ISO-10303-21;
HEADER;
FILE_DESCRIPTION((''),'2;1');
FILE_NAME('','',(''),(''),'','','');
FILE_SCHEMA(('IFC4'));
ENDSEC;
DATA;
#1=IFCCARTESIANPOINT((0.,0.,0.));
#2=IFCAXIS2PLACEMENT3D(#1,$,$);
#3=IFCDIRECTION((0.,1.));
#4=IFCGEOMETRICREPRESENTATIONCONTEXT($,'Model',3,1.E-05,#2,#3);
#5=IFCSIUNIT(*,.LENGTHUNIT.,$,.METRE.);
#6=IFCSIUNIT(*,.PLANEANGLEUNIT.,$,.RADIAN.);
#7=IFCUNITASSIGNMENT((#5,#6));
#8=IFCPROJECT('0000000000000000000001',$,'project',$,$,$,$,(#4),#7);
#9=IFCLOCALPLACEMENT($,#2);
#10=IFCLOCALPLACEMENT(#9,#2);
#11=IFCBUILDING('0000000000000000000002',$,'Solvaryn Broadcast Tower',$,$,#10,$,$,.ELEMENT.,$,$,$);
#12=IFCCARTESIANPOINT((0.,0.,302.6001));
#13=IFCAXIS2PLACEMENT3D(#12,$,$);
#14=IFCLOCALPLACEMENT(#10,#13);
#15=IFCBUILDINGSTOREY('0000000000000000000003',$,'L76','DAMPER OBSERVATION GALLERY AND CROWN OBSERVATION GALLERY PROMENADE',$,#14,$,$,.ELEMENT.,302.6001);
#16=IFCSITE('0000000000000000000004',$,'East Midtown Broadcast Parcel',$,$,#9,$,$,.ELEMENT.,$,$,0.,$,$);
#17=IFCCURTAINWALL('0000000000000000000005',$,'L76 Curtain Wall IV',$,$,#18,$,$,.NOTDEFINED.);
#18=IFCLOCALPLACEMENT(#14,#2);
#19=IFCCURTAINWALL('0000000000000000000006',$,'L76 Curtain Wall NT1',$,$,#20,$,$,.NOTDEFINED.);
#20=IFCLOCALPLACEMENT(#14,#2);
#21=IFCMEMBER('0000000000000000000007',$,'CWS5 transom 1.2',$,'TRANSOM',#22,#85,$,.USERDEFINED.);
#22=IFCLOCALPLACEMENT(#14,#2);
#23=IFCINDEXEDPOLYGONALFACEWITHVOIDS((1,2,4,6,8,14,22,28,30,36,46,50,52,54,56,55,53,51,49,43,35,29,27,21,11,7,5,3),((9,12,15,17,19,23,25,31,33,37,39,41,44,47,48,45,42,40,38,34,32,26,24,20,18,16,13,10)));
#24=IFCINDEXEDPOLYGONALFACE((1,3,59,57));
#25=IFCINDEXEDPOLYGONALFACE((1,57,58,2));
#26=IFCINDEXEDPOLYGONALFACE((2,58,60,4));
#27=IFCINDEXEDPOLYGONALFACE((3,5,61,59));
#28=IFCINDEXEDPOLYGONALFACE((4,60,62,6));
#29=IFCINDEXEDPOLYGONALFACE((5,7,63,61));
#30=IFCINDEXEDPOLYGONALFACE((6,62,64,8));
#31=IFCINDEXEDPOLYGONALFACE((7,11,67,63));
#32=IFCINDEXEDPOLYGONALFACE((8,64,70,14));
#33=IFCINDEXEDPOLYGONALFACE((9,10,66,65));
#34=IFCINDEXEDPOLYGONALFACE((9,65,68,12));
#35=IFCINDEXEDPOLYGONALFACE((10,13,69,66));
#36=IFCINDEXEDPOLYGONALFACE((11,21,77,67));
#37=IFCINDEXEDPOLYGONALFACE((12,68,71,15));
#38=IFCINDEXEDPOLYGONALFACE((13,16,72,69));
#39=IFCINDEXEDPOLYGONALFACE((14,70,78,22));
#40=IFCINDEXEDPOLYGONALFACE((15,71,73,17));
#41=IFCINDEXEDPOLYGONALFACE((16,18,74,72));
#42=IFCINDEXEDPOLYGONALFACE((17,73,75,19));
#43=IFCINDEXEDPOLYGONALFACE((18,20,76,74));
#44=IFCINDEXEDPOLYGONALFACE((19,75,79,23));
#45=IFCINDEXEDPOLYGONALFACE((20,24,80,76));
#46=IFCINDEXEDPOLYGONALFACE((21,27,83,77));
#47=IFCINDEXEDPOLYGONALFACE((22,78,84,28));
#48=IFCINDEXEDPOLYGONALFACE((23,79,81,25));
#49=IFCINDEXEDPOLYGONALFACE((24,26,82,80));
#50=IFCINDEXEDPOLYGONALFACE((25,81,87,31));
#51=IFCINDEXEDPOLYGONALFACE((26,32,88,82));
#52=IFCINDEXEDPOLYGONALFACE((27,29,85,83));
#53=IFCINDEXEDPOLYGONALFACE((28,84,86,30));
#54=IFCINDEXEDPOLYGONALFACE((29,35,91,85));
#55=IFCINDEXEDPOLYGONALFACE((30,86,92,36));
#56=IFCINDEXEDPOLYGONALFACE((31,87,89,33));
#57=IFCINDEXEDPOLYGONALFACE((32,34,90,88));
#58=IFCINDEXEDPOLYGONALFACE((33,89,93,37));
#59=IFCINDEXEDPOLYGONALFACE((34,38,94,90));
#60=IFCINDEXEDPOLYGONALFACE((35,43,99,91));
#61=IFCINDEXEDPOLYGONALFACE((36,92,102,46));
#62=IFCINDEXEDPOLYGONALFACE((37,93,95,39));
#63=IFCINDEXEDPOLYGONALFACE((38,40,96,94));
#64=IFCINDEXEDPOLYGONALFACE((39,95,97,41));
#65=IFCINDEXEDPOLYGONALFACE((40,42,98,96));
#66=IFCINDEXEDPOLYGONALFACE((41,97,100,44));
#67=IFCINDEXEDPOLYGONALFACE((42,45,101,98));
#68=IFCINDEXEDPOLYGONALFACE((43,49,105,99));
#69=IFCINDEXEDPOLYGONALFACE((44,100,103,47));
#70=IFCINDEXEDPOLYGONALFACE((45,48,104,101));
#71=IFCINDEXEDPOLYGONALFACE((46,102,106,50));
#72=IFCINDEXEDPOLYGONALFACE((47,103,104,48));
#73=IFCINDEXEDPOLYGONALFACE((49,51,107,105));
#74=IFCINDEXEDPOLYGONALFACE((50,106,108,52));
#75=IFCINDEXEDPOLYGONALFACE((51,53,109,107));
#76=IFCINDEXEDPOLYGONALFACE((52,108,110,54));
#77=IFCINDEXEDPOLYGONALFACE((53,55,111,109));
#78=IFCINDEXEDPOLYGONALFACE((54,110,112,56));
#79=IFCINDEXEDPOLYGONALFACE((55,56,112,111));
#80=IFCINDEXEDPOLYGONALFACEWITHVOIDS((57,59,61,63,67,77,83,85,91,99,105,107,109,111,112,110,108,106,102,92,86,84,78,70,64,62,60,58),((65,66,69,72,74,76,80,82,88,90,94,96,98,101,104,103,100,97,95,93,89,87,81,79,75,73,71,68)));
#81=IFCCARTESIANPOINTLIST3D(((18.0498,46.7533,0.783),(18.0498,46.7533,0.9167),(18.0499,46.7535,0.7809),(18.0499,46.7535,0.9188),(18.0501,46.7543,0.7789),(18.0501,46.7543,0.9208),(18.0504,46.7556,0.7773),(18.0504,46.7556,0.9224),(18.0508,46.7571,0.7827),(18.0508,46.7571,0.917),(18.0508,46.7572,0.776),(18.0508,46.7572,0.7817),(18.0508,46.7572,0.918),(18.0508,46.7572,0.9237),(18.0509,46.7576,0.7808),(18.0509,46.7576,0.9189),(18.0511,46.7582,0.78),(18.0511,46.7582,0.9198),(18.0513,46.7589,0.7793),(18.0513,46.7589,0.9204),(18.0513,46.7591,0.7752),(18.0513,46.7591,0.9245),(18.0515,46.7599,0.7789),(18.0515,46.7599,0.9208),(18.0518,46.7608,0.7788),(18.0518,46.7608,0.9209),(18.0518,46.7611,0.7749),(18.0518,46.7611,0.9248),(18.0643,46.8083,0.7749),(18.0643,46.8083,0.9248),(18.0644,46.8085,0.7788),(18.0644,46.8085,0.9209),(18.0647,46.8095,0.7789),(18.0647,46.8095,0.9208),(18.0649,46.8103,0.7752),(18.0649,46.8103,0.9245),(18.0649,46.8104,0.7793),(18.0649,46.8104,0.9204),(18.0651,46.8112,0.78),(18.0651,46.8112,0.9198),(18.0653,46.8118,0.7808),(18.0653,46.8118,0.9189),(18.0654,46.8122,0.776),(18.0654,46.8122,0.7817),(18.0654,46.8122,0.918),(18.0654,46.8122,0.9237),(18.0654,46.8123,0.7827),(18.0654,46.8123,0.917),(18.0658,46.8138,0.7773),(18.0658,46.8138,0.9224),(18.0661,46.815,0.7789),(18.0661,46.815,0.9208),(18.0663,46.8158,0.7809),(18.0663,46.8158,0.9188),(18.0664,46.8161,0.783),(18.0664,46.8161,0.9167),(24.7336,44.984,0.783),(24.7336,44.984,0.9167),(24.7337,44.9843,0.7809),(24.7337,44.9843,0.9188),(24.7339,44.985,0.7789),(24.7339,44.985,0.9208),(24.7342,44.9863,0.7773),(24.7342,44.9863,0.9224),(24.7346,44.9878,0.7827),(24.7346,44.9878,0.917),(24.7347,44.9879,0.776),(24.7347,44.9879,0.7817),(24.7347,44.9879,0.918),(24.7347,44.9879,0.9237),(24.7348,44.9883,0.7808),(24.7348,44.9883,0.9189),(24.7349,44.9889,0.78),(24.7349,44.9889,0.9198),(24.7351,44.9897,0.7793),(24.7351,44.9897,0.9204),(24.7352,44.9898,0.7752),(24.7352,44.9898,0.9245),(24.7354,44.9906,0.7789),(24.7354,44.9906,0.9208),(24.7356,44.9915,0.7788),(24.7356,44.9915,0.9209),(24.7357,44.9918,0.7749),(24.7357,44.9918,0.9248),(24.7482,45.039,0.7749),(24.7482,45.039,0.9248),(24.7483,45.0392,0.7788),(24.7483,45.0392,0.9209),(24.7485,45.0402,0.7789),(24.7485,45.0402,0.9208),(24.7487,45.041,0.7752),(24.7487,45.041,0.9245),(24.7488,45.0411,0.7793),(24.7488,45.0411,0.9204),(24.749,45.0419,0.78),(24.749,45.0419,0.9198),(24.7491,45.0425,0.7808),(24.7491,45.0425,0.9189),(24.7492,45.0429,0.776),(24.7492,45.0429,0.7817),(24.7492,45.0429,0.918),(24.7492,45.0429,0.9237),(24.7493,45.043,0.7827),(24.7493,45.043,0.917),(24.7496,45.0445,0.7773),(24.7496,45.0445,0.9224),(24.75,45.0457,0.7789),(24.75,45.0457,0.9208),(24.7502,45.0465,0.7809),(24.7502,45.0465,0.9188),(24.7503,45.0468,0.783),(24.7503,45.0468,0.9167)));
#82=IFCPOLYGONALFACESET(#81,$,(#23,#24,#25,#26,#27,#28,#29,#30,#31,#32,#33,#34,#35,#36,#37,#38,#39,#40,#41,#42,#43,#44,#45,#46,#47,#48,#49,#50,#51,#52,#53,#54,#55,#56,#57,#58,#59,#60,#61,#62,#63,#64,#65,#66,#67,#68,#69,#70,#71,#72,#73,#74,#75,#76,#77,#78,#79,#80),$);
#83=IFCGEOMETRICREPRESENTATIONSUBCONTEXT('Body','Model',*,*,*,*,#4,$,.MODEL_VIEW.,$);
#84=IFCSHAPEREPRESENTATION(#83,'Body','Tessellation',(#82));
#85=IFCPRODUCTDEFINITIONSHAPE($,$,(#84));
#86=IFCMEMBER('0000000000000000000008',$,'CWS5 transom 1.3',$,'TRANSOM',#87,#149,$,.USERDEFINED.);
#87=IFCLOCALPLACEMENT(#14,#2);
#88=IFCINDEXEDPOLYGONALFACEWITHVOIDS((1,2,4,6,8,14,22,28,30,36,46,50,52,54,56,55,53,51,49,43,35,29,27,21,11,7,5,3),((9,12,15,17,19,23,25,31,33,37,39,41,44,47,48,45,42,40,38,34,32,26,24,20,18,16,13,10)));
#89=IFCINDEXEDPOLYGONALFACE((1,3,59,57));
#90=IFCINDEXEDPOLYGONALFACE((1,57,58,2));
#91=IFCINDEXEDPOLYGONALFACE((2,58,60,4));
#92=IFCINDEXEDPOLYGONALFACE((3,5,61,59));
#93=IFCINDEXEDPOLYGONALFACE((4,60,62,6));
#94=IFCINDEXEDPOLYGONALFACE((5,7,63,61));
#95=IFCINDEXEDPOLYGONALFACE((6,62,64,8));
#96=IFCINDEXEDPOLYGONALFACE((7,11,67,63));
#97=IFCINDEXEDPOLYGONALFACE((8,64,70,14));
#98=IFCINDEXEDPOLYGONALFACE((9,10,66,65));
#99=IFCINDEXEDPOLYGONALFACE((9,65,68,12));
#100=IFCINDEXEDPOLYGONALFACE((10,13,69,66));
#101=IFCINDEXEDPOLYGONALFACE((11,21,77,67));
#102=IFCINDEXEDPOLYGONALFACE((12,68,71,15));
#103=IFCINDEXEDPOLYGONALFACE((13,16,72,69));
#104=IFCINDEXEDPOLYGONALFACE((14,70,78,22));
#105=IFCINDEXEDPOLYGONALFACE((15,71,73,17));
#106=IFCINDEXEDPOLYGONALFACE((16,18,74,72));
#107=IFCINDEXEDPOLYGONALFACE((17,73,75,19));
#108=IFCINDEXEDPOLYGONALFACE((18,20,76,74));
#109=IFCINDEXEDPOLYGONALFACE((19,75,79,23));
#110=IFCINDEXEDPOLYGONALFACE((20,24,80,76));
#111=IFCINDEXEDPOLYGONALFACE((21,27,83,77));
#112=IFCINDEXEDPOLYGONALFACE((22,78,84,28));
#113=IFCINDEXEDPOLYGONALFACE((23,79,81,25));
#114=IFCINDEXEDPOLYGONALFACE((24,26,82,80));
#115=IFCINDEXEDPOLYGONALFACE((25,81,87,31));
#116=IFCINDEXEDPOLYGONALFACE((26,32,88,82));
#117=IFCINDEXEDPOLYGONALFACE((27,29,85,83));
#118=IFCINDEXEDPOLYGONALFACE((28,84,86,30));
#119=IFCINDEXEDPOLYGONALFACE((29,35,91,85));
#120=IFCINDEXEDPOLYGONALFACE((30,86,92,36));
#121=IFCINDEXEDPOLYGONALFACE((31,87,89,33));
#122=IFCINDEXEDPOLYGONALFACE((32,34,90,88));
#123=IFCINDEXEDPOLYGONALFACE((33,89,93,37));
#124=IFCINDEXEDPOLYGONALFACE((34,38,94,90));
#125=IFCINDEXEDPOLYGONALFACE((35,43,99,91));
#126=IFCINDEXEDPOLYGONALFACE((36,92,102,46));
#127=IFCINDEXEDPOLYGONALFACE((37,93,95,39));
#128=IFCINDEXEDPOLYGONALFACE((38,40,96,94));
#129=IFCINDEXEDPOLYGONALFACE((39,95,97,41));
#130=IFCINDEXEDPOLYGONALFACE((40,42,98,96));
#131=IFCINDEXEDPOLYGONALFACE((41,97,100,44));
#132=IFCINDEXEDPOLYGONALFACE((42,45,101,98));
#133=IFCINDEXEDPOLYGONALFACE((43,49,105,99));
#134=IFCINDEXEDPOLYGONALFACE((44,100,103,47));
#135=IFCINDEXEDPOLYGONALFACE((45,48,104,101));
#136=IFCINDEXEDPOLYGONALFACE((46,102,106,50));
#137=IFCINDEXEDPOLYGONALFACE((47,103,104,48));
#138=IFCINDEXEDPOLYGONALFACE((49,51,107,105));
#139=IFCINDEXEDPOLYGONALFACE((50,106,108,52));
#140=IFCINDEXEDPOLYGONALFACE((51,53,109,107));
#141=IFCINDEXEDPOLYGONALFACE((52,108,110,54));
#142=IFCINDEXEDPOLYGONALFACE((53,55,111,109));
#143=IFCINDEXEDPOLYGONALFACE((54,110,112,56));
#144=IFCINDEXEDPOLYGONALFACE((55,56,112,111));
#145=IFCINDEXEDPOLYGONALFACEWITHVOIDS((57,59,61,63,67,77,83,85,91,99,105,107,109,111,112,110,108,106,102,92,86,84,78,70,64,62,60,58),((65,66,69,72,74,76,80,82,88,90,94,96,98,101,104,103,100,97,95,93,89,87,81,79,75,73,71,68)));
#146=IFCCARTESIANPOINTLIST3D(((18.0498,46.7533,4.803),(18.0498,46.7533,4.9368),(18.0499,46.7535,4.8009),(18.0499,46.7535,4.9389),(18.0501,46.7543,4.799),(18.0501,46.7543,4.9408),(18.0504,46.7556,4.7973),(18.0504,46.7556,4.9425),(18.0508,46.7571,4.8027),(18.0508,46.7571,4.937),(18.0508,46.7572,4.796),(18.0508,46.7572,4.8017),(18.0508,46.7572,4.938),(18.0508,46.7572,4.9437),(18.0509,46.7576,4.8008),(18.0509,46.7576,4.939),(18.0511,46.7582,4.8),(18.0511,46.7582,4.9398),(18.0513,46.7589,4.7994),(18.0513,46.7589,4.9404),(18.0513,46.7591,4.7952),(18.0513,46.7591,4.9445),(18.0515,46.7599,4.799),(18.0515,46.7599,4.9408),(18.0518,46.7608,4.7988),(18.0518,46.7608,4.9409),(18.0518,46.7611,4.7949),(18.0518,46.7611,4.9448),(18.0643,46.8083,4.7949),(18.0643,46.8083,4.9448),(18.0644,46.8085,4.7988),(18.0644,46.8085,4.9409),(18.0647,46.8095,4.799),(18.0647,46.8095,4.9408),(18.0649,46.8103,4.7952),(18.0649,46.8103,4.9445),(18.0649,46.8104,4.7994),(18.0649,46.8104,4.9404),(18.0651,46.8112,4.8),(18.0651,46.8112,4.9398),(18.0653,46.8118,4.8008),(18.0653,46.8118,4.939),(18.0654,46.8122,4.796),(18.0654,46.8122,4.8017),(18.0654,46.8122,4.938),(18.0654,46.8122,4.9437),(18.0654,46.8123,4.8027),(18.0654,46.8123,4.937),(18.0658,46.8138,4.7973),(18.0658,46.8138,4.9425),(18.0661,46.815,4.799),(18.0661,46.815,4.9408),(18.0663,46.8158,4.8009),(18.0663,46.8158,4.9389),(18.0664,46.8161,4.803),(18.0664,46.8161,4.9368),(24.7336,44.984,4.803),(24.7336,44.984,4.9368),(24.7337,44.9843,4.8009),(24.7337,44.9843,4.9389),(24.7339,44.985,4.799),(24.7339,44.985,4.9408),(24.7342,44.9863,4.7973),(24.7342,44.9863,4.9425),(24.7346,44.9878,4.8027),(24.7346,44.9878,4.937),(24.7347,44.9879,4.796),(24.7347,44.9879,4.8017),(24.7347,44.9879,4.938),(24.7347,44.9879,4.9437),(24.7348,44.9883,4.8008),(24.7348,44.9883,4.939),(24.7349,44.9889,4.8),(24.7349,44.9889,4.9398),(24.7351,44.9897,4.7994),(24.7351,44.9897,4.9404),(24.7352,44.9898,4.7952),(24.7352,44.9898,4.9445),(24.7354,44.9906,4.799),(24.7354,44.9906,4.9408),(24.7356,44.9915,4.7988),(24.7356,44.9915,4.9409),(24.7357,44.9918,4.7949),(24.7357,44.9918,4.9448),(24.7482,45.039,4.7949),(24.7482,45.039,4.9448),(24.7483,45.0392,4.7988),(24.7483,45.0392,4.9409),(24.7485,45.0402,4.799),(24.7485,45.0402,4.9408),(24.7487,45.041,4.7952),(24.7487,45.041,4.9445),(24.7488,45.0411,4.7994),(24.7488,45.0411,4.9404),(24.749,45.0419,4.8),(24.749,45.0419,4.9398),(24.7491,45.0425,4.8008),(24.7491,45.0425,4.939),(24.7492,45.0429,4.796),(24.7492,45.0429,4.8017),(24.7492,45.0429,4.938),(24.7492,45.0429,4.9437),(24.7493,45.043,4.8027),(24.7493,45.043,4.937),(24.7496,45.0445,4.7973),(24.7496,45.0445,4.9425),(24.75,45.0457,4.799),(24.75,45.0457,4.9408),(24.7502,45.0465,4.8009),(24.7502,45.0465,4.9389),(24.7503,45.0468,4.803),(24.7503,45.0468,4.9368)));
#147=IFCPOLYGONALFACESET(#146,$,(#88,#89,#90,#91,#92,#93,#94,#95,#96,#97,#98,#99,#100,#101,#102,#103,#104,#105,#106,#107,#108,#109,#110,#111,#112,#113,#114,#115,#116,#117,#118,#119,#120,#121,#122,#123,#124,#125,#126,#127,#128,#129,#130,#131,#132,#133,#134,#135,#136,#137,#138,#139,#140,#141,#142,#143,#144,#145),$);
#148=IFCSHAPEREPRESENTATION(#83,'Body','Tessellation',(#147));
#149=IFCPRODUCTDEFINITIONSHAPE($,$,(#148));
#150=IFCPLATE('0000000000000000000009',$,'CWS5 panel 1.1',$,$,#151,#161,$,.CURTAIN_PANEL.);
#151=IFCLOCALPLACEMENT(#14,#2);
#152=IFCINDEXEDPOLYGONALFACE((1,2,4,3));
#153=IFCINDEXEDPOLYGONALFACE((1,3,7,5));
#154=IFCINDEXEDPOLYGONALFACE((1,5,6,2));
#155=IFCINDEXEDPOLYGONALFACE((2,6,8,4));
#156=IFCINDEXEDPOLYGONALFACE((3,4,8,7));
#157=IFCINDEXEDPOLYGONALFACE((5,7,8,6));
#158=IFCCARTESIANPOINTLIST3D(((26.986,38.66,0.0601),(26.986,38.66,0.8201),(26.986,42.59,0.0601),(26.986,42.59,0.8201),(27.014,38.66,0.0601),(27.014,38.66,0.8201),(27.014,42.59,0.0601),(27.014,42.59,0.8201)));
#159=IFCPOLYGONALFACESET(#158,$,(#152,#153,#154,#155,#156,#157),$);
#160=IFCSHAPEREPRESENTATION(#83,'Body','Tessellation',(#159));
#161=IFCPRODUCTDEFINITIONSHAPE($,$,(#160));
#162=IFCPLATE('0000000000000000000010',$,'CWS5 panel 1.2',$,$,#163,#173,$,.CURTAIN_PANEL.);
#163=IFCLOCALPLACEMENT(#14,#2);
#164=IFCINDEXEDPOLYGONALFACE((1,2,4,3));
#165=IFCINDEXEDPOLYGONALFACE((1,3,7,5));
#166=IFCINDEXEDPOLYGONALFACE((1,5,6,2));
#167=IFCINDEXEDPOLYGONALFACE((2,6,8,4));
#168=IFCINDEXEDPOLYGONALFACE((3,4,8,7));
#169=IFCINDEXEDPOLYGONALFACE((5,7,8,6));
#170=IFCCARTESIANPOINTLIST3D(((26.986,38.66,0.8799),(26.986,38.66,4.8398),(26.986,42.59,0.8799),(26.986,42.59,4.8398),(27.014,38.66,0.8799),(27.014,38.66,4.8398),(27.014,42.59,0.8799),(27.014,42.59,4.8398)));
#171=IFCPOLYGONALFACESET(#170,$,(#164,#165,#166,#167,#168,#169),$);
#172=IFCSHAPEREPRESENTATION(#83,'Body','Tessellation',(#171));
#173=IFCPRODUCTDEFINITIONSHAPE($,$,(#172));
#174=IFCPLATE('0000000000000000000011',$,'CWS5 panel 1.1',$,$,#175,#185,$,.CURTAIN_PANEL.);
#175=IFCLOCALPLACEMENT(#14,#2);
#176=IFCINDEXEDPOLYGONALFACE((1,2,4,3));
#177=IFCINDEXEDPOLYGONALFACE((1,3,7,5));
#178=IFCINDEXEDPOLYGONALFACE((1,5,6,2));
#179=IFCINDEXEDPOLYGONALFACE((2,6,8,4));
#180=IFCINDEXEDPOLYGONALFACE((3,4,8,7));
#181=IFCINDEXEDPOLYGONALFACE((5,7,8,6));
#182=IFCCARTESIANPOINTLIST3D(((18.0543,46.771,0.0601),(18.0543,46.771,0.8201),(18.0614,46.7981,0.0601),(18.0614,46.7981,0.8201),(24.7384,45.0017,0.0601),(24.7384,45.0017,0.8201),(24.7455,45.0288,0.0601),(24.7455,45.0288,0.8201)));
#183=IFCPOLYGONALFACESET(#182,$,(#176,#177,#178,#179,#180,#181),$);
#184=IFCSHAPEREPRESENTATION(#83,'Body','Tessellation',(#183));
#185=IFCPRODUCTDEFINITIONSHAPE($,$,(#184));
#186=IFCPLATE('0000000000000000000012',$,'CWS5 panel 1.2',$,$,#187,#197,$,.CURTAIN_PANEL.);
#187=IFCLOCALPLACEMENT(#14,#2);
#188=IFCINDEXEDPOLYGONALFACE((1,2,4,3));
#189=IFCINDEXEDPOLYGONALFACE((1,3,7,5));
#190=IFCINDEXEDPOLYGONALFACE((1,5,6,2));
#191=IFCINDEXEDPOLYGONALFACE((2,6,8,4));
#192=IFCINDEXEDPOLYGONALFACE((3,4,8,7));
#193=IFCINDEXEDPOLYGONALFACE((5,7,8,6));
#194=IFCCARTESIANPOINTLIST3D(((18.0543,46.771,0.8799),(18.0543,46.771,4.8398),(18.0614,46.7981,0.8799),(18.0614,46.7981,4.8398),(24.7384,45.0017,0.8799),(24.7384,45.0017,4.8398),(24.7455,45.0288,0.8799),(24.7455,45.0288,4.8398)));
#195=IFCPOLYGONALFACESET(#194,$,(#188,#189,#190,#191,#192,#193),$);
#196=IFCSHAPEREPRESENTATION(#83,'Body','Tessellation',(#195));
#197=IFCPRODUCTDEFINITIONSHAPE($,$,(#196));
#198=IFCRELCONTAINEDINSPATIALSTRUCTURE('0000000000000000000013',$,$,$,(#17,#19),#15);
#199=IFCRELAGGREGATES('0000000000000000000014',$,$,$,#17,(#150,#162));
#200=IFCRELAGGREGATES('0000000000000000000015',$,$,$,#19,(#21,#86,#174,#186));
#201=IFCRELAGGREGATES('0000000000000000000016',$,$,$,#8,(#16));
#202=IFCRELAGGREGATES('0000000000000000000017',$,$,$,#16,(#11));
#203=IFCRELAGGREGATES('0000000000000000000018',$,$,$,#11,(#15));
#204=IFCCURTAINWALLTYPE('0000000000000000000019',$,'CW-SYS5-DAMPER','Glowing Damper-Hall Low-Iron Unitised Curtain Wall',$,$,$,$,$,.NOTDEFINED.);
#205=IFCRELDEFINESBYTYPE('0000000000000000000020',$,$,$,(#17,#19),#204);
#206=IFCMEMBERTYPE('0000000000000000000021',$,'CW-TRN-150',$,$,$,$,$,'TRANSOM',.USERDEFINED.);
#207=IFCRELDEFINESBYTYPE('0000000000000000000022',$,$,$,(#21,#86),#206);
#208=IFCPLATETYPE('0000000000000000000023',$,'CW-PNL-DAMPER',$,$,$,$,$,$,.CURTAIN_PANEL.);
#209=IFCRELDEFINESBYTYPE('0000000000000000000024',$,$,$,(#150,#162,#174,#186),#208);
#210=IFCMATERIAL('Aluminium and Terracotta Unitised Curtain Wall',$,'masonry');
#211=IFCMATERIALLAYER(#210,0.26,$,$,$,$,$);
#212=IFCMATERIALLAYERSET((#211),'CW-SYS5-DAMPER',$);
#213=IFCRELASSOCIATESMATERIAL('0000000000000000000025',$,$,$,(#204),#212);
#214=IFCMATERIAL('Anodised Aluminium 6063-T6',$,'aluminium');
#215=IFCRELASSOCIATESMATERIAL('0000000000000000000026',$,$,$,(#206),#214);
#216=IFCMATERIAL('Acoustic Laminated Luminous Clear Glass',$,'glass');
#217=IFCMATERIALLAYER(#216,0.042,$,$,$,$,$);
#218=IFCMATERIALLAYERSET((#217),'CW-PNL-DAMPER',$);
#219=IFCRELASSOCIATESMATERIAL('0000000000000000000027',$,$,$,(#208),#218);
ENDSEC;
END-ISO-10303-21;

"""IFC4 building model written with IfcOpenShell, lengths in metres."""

from ifc_helpers import new_model, si_unit, direction, frame, origin, origin_2d, place, context, subcontext, project, spatial, rectangle, hollow_rectangle, extrude, material, layer, layer_set, material_profile, profile_set, type_object, element, aggregate, save


model = new_model("IFC4")

# Units and contexts
model_context = context("Model", 3, precision=1e-05, world=origin(), true_north=direction((0.0, 1.0)))
body_context = subcontext(model_context, "Body", "Model", "MODEL_VIEW")
ifc_project = project(units=[si_unit("LENGTHUNIT", "METRE"), si_unit("PLANEANGLEUNIT", "RADIAN")], contexts=[model_context])

# Site, building, storey
site_placement = place(None, origin())
site = spatial("IfcSite", under=ifc_project, at=site_placement, Name="East Midtown Broadcast Parcel", CompositionType="ELEMENT", RefElevation=0.0)
building_placement = place(site_placement, origin())
building = spatial("IfcBuilding", under=site, at=building_placement, Name="Solvaryn Broadcast Tower", CompositionType="ELEMENT")
storey_placement = place(building_placement, frame((0.0, 0.0, 302.6001)))
storey = spatial("IfcBuildingStorey", under=building, at=storey_placement, Name="L76", Description="DAMPER OBSERVATION GALLERY AND CROWN OBSERVATION GALLERY PROMENADE", CompositionType="ELEMENT", Elevation=302.6001)

# Curtain walls
ifc_material_1 = material(Name="Aluminium and Terracotta Unitised Curtain Wall", Category="masonry")
ifc_layer_1 = layer(ifc_material_1, 0.26)
ifc_layer_set_1 = layer_set([ifc_layer_1], Name="CW-SYS5-DAMPER")
curtain_wall_type = type_object("IfcCurtainWallType", Name="CW-SYS5-DAMPER", Description="Glowing Damper-Hall Low-Iron Unitised Curtain Wall", PredefinedType="NOTDEFINED", material=ifc_layer_set_1)
curtain_wall_1_placement = place(storey_placement, origin())
curtain_wall_1 = element("IfcCurtainWall", 1, at=curtain_wall_1_placement, inside=storey, type_object=curtain_wall_type, Name="L76 Curtain Wall IV", PredefinedType="NOTDEFINED")
curtain_wall_2_placement = place(storey_placement, origin())
curtain_wall_2 = element("IfcCurtainWall", 2, at=curtain_wall_2_placement, inside=storey, type_object=curtain_wall_type, Name="L76 Curtain Wall NT1", PredefinedType="NOTDEFINED")

# Members
ifc_material_2 = material(Name="Anodised Aluminium 6063-T6", Category="aluminium")
ifc_material_profile_1 = material_profile(ifc_material_2, hollow_rectangle(XDim=0.0649, YDim=0.1499, WallThickness=0.0039, InnerFilletRadius=0.0039, OuterFilletRadius=0.0081, at=origin_2d()))
ifc_profile_set_1 = profile_set([ifc_material_profile_1], Name="Anodised Aluminium 6063-T6")
member_type_1 = type_object("IfcMemberType", Name="CW-TRN-150", ElementType="TRANSOM", PredefinedType="USERDEFINED", material=ifc_profile_set_1)
member_1_placement = place(storey_placement, frame((24.7419, 45.0154, 0.8499), z_axis=(-0.966704, 0.255897, 0.0), x_axis=(-0.255897, -0.966704, 0.0)))
member_1 = element("IfcMember", 3, at=member_1_placement, type_object=member_type_1, Name="CWS5 transom 1.2", ObjectType="TRANSOM", PredefinedType="USERDEFINED", context=body_context, shape_type="SweptSolid", body=[
    extrude(hollow_rectangle(XDim=0.0649, YDim=0.1499, WallThickness=0.0039, InnerFilletRadius=0.0039, OuterFilletRadius=0.0081, at=origin_2d()), origin(), (0.0, 0.0, 1.0), 6.9141),
])
member_2_placement = place(storey_placement, frame((24.7419, 45.0154, 4.8699), z_axis=(-0.966704, 0.255897, 0.0), x_axis=(-0.255897, -0.966704, 0.0)))
member_2 = element("IfcMember", 4, at=member_2_placement, type_object=member_type_1, Name="CWS5 transom 1.3", ObjectType="TRANSOM", PredefinedType="USERDEFINED", context=body_context, shape_type="SweptSolid", body=[
    extrude(hollow_rectangle(XDim=0.0649, YDim=0.1499, WallThickness=0.0039, InnerFilletRadius=0.0039, OuterFilletRadius=0.0081, at=origin_2d()), origin(), (0.0, 0.0, 1.0), 6.9141),
])

# Plates
ifc_material_3 = material(Name="Acoustic Laminated Luminous Clear Glass", Category="glass")
ifc_layer_2 = layer(ifc_material_3, 0.042)
ifc_layer_set_2 = layer_set([ifc_layer_2], Name="CW-PNL-DAMPER")
plate_type = type_object("IfcPlateType", Name="CW-PNL-DAMPER", PredefinedType="CURTAIN_PANEL", material=ifc_layer_set_2)
plate_1_placement = place(storey_placement, frame((27.0, 40.625, 0.0601), z_axis=(0.0, 0.0, 1.0), x_axis=(0.0, -1.0, 0.0)))
plate_1 = element("IfcPlate", 5, at=plate_1_placement, type_object=plate_type, Name="CWS5 panel 1.1", PredefinedType="CURTAIN_PANEL", context=body_context, shape_type="SweptSolid", body=[
    extrude(rectangle(XDim=3.9299, YDim=0.0281, at=origin_2d()), origin(), (0.0, 0.0, 1.0), 0.76),
])
plate_2_placement = place(storey_placement, frame((27.0, 40.625, 0.8799), z_axis=(0.0, 0.0, 1.0), x_axis=(0.0, -1.0, 0.0)))
plate_2 = element("IfcPlate", 6, at=plate_2_placement, type_object=plate_type, Name="CWS5 panel 1.2", PredefinedType="CURTAIN_PANEL", context=body_context, shape_type="SweptSolid", body=[
    extrude(rectangle(XDim=3.9299, YDim=0.0281, at=origin_2d()), origin(), (0.0, 0.0, 1.0), 3.96),
])
aggregate(curtain_wall_1, [plate_1, plate_2])
plate_3_placement = place(storey_placement, frame((21.3999, 45.8999, 0.0601), z_axis=(0.0, 0.0, 1.0), x_axis=(-0.966705, 0.255893, 0.0)))
plate_3 = element("IfcPlate", 7, at=plate_3_placement, type_object=plate_type, Name="CWS5 panel 1.1", PredefinedType="CURTAIN_PANEL", context=body_context, shape_type="SweptSolid", body=[
    extrude(rectangle(XDim=6.9143, YDim=0.0281, at=origin_2d()), origin(), (0.0, 0.0, 1.0), 0.76),
])
plate_4_placement = place(storey_placement, frame((21.3999, 45.8999, 0.8799), z_axis=(0.0, 0.0, 1.0), x_axis=(-0.966705, 0.255893, 0.0)))
plate_4 = element("IfcPlate", 8, at=plate_4_placement, type_object=plate_type, Name="CWS5 panel 1.2", PredefinedType="CURTAIN_PANEL", context=body_context, shape_type="SweptSolid", body=[
    extrude(rectangle(XDim=6.9143, YDim=0.0281, at=origin_2d()), origin(), (0.0, 0.0, 1.0), 3.96),
])
aggregate(curtain_wall_2, [member_1, member_2, plate_3, plate_4])

save(model, "model.ifc")
